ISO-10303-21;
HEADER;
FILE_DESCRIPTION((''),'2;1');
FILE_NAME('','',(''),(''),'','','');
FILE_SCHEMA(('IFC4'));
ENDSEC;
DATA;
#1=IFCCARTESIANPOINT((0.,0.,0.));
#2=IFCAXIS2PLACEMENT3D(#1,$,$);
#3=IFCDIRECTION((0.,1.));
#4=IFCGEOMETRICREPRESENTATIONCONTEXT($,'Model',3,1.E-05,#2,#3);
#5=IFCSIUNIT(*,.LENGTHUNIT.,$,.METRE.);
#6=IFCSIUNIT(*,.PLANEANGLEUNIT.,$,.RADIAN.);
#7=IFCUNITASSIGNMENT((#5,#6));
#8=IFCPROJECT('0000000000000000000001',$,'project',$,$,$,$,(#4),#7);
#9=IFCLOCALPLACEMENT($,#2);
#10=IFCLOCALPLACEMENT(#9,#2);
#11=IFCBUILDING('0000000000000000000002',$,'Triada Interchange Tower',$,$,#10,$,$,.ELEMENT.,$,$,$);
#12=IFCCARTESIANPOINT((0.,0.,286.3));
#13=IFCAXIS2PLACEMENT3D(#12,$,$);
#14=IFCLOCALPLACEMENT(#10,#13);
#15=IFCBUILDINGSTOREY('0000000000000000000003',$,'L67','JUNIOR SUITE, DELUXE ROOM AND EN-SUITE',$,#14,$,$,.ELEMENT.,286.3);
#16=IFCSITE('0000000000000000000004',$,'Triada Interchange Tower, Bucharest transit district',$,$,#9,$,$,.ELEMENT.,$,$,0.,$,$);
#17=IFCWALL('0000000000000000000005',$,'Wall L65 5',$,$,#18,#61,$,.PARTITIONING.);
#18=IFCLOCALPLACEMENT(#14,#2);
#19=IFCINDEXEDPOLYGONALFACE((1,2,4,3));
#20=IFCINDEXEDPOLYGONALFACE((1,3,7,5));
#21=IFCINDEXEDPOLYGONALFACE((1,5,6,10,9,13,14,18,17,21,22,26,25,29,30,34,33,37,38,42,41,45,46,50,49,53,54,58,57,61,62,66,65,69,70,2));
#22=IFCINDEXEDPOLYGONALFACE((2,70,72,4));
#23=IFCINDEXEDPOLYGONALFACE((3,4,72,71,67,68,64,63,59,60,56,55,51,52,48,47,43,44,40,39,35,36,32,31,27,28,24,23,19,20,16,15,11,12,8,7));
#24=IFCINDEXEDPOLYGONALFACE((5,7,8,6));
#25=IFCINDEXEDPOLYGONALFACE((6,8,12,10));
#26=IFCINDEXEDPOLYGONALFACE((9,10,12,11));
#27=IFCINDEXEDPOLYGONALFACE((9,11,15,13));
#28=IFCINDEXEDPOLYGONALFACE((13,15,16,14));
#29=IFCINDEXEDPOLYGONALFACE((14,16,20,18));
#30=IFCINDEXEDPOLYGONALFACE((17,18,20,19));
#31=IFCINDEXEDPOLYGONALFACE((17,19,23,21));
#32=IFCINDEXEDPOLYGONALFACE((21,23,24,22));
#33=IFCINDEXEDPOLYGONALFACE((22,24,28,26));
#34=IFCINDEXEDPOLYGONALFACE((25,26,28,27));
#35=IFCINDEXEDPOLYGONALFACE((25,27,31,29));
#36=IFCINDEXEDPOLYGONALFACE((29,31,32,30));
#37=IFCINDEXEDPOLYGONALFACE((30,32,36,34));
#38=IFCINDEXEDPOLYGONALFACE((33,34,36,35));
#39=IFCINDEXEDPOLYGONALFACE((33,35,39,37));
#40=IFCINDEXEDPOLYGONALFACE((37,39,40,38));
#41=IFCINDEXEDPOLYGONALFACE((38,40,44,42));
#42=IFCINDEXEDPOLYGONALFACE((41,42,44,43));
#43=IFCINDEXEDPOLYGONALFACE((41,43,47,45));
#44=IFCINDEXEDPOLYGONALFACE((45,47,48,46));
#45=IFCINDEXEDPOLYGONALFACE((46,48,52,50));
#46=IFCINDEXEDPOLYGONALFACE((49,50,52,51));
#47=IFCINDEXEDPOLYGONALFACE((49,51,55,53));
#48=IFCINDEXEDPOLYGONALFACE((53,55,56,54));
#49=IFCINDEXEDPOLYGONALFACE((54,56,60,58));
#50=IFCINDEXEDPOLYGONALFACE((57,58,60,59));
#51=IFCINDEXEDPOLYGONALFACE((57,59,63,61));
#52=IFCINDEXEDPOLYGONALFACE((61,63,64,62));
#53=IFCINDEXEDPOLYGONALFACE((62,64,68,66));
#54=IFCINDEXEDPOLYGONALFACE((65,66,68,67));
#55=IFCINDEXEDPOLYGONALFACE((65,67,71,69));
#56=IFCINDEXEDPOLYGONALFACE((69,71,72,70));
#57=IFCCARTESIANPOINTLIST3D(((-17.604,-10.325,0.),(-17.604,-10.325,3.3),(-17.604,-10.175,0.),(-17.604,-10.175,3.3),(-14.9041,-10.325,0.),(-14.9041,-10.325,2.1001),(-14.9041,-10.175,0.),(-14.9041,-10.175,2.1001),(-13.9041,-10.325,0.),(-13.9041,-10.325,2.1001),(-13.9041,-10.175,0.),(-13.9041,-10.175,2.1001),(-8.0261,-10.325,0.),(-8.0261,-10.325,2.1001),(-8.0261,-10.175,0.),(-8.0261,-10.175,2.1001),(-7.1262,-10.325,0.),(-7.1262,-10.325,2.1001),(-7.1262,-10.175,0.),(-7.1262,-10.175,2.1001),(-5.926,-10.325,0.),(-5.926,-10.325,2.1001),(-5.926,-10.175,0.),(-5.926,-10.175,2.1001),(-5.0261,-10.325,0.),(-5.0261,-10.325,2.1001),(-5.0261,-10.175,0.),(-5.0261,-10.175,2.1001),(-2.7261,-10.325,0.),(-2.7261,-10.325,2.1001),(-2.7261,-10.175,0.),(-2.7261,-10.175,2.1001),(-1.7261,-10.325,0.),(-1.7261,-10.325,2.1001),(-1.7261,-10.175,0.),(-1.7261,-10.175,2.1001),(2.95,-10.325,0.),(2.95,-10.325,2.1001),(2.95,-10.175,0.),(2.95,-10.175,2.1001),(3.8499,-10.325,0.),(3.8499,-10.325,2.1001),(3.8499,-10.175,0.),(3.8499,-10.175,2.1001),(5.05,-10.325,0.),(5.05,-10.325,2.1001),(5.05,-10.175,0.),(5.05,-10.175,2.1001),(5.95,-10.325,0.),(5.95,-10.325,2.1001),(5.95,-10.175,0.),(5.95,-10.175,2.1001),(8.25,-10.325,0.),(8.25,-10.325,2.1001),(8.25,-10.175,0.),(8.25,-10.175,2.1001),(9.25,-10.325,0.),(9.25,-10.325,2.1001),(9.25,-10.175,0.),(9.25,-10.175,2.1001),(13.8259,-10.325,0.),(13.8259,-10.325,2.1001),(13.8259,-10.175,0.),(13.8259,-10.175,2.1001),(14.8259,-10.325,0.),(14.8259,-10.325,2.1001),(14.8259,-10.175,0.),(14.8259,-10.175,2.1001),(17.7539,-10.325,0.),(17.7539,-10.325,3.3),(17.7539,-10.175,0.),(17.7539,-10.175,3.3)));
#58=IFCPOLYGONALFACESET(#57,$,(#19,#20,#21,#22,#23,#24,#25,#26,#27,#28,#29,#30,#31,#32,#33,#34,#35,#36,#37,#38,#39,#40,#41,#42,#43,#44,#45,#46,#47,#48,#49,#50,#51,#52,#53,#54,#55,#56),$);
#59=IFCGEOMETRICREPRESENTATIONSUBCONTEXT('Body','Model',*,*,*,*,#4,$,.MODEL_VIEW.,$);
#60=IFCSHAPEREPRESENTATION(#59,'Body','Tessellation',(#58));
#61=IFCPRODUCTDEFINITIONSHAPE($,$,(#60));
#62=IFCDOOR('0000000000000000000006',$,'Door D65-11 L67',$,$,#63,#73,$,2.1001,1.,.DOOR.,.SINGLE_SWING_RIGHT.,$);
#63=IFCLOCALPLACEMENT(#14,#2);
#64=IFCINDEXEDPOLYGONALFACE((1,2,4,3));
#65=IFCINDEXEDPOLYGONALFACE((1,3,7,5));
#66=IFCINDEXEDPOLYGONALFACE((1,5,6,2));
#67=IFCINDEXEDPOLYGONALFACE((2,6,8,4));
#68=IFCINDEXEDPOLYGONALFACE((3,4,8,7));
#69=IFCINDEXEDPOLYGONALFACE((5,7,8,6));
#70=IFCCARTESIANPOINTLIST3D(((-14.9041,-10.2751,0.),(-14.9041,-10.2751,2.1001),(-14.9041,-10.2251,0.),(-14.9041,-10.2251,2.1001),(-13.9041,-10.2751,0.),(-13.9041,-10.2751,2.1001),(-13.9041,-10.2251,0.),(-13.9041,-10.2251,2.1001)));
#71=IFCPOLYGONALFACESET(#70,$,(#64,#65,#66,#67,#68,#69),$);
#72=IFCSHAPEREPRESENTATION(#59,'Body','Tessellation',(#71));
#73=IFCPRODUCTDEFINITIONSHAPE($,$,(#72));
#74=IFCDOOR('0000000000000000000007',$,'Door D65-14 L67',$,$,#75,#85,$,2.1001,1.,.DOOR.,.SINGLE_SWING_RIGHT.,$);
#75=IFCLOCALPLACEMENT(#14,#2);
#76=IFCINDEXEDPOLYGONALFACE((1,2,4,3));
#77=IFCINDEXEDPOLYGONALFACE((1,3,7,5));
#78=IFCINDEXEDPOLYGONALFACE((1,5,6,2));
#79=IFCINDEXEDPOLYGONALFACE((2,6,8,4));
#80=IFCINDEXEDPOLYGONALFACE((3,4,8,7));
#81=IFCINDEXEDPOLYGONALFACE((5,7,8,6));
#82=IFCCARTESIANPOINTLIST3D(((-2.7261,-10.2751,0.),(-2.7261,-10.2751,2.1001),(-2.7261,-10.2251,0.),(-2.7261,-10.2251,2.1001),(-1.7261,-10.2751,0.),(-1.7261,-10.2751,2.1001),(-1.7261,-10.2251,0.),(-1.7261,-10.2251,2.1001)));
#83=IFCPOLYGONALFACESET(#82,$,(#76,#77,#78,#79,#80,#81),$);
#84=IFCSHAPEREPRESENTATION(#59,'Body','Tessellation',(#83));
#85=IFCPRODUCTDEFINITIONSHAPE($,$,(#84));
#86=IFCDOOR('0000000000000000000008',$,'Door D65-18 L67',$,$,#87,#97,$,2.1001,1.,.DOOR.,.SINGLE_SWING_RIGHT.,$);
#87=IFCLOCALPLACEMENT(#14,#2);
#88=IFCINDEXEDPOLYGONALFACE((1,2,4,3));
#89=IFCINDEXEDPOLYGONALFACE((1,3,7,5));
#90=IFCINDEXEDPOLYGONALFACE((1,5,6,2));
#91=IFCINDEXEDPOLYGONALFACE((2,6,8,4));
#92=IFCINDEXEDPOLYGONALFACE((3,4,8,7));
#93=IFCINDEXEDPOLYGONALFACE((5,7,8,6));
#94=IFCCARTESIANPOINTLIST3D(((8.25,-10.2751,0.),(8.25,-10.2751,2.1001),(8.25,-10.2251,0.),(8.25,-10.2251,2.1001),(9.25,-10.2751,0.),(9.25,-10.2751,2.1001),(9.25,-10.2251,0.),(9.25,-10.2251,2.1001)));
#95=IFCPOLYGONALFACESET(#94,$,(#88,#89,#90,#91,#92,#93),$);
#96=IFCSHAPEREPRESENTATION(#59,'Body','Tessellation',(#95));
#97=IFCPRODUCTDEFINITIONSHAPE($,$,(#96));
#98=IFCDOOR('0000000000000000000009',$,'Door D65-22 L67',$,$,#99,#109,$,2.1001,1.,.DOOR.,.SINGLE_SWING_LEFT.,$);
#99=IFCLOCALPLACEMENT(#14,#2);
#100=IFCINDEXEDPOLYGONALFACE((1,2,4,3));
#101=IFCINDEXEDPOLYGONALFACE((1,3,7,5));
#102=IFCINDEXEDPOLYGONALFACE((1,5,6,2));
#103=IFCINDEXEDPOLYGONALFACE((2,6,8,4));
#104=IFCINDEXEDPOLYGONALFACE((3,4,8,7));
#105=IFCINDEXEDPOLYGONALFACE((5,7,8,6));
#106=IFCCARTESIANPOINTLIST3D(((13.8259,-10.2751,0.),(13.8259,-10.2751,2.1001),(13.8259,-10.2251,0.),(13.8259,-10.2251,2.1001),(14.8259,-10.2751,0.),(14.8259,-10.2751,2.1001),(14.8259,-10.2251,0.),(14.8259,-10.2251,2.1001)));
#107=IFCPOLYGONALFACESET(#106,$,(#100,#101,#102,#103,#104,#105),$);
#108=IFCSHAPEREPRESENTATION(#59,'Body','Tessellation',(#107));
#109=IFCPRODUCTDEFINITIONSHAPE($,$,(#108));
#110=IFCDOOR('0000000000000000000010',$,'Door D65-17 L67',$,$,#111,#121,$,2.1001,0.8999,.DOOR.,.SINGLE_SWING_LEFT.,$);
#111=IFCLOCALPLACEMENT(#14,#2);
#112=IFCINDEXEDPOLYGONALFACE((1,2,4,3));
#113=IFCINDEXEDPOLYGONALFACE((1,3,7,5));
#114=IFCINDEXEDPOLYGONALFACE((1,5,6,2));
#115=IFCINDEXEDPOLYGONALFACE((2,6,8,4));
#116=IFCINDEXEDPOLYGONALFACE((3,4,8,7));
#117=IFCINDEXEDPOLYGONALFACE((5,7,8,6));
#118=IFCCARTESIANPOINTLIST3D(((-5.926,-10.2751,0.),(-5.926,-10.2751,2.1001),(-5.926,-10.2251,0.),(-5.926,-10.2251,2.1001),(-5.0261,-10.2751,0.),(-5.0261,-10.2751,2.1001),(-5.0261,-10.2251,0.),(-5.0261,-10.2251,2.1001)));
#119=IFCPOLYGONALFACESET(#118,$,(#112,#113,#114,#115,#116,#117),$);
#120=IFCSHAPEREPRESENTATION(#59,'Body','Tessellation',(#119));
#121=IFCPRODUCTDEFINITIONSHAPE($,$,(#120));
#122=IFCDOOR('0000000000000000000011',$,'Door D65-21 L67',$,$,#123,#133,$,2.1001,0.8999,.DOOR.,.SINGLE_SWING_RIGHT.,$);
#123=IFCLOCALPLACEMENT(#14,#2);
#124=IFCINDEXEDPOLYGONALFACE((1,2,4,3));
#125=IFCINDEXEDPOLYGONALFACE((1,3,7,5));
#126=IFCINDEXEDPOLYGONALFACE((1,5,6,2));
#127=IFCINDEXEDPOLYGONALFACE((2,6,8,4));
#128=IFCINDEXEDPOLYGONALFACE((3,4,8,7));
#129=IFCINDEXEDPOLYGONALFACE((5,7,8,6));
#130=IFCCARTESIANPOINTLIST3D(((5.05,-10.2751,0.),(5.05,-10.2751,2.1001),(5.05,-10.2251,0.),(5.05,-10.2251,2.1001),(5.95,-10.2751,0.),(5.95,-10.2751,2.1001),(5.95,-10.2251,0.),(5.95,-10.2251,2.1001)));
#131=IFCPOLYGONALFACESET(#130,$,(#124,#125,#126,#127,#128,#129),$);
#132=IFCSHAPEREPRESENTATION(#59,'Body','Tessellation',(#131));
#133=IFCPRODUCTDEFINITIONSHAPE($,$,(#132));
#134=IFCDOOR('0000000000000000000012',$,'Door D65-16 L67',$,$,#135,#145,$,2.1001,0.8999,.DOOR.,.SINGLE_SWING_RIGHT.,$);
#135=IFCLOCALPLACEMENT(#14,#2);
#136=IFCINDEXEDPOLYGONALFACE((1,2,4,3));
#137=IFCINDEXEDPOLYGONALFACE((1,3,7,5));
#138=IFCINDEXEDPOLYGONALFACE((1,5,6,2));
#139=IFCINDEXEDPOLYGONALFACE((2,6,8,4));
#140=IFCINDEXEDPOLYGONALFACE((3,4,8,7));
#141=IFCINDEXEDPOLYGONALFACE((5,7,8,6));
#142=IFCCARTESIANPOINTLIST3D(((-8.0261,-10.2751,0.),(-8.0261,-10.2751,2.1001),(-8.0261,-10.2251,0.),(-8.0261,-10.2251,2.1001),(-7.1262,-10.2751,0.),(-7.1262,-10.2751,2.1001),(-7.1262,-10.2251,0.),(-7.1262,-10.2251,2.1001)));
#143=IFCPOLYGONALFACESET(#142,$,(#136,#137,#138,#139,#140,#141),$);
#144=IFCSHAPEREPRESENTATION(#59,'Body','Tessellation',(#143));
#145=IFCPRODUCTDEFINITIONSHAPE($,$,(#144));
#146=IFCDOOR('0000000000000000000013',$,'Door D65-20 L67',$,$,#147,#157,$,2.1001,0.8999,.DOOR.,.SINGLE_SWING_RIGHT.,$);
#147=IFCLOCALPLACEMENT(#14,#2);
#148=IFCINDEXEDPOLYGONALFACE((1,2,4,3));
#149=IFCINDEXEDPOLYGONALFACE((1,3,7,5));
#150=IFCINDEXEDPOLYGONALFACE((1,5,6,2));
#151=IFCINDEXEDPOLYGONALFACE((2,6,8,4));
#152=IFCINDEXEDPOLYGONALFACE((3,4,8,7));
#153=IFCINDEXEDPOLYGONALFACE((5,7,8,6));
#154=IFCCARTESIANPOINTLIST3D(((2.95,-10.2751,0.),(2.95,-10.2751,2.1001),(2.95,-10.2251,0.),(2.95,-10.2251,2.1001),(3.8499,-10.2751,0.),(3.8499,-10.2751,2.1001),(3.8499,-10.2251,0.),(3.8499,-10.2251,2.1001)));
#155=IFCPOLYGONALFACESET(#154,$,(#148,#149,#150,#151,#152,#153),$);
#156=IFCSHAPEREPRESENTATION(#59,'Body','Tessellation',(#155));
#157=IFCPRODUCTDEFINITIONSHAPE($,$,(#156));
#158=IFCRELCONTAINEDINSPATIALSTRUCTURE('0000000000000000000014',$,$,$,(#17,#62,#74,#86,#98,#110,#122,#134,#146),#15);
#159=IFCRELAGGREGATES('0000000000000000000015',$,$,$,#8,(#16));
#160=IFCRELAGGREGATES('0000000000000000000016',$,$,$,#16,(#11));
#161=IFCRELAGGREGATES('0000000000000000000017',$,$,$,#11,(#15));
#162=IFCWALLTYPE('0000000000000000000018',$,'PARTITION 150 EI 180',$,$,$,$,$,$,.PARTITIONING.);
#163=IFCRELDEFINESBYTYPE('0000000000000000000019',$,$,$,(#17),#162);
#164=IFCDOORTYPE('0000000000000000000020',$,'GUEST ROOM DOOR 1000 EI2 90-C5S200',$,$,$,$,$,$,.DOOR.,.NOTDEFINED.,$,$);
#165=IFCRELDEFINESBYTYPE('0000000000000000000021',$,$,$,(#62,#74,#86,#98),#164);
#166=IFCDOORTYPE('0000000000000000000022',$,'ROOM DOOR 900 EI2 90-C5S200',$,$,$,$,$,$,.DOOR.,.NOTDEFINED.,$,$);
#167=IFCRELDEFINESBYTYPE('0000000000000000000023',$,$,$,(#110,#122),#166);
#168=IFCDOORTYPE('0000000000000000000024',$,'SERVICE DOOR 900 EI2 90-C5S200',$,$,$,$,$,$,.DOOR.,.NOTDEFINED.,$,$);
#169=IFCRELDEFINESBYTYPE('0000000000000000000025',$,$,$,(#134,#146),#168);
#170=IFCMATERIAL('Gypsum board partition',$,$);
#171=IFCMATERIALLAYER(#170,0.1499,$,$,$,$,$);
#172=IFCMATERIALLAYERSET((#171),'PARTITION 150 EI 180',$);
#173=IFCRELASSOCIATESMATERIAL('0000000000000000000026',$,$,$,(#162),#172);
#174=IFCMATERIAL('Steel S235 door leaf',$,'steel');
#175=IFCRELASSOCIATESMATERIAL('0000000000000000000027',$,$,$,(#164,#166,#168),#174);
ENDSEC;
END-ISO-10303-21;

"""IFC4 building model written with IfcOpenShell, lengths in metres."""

from ifc_helpers import new_model, si_unit, direction, frame, frame_2d, origin, place, context, subcontext, project, spatial, rectangle, extrude, material, layer, layer_set, type_object, element, fill, save


model = new_model("IFC4")

# Units and contexts
model_context = context("Model", 3, precision=1e-05, world=origin(), true_north=direction((0.0, 1.0)))
body_context = subcontext(model_context, "Body", "Model", "MODEL_VIEW")
ifc_project = project(units=[si_unit("LENGTHUNIT", "METRE"), si_unit("PLANEANGLEUNIT", "RADIAN")], contexts=[model_context])

# Site, building, storey
site_placement = place(None, origin())
site = spatial("IfcSite", under=ifc_project, at=site_placement, Name="Triada Interchange Tower, Bucharest transit district", CompositionType="ELEMENT", RefElevation=0.0)
building_placement = place(site_placement, origin())
building = spatial("IfcBuilding", under=site, at=building_placement, Name="Triada Interchange Tower", CompositionType="ELEMENT")
storey_placement = place(building_placement, frame((0.0, 0.0, 286.3)))
storey = spatial("IfcBuildingStorey", under=building, at=storey_placement, Name="L67", Description="JUNIOR SUITE, DELUXE ROOM AND EN-SUITE", CompositionType="ELEMENT", Elevation=286.3)

# Wall, openings, doors
ifc_material_1 = material(Name="Gypsum board partition")
ifc_layer = layer(ifc_material_1, 0.1499)
ifc_layer_set = layer_set([ifc_layer], Name="PARTITION 150 EI 180")
wall_type = type_object("IfcWallType", Name="PARTITION 150 EI 180", PredefinedType="PARTITIONING", material=ifc_layer_set)
ifc_material_2 = material(Name="Steel S235 door leaf", Category="steel")
door_type_1 = type_object("IfcDoorType", Name="GUEST ROOM DOOR 1000 EI2 90-C5S200", OperationType="NOTDEFINED", PredefinedType="DOOR", material=ifc_material_2)
wall_1_placement = place(storey_placement, frame((-17.604, -10.25, 0.0), z_axis=(0.0, 0.0, 1.0), x_axis=(1.0, 0.0, 0.0)))
wall_1 = element("IfcWall", 1, at=wall_1_placement, inside=storey, type_object=wall_type, Name="Wall L65 5", PredefinedType="PARTITIONING", context=body_context, shape_type="SweptSolid", body=[
    extrude(rectangle(XDim=35.3579, YDim=0.1499, at=frame_2d((17.679, 0.0))), origin(), (0.0, 0.0, 1.0), 3.3),
])
opening_1_placement = place(wall_1_placement, frame((2.7, 0.0, 0.0)))
opening_1 = element("IfcOpeningElement", 2, at=opening_1_placement, cuts=wall_1, PredefinedType="OPENING", context=body_context, shape_type="SweptSolid", body=[
    extrude(rectangle(XDim=1.0, YDim=2.1001, at=frame_2d((0.5, 1.05))), frame((0.0, 0.085, 0.0), z_axis=(0.0, -1.0, 0.0), x_axis=(1.0, 0.0, 0.0)), (0.0, 0.0, 1.0), 0.1699),
])
opening_2_placement = place(wall_1_placement, frame((14.8779, 0.0, 0.0)))
opening_2 = element("IfcOpeningElement", 3, at=opening_2_placement, cuts=wall_1, PredefinedType="OPENING", context=body_context, shape_type="SweptSolid", body=[
    extrude(rectangle(XDim=1.0, YDim=2.1001, at=frame_2d((0.5, 1.05))), frame((0.0, 0.085, 0.0), z_axis=(0.0, -1.0, 0.0), x_axis=(1.0, 0.0, 0.0)), (0.0, 0.0, 1.0), 0.1699),
])
opening_3_placement = place(wall_1_placement, frame((9.5779, 0.0, 0.0)))
opening_3 = element("IfcOpeningElement", 4, at=opening_3_placement, cuts=wall_1, PredefinedType="OPENING", context=body_context, shape_type="SweptSolid", body=[
    extrude(rectangle(XDim=0.8999, YDim=2.1001, at=frame_2d((0.45, 1.05))), frame((0.0, 0.085, 0.0), z_axis=(0.0, -1.0, 0.0), x_axis=(1.0, 0.0, 0.0)), (0.0, 0.0, 1.0), 0.1699),
])
opening_4_placement = place(wall_1_placement, frame((11.678, 0.0, 0.0)))
opening_4 = element("IfcOpeningElement", 5, at=opening_4_placement, cuts=wall_1, PredefinedType="OPENING", context=body_context, shape_type="SweptSolid", body=[
    extrude(rectangle(XDim=0.8999, YDim=2.1001, at=frame_2d((0.45, 1.05))), frame((0.0, 0.085, 0.0), z_axis=(0.0, -1.0, 0.0), x_axis=(1.0, 0.0, 0.0)), (0.0, 0.0, 1.0), 0.1699),
])
opening_5_placement = place(wall_1_placement, frame((25.854, 0.0, 0.0)))
opening_5 = element("IfcOpeningElement", 6, at=opening_5_placement, cuts=wall_1, PredefinedType="OPENING", context=body_context, shape_type="SweptSolid", body=[
    extrude(rectangle(XDim=1.0, YDim=2.1001, at=frame_2d((0.5, 1.05))), frame((0.0, 0.085, 0.0), z_axis=(0.0, -1.0, 0.0), x_axis=(1.0, 0.0, 0.0)), (0.0, 0.0, 1.0), 0.1699),
])
opening_6_placement = place(wall_1_placement, frame((20.554, 0.0, 0.0)))
opening_6 = element("IfcOpeningElement", 7, at=opening_6_placement, cuts=wall_1, PredefinedType="OPENING", context=body_context, shape_type="SweptSolid", body=[
    extrude(rectangle(XDim=0.8999, YDim=2.1001, at=frame_2d((0.45, 1.05))), frame((0.0, 0.085, 0.0), z_axis=(0.0, -1.0, 0.0), x_axis=(1.0, 0.0, 0.0)), (0.0, 0.0, 1.0), 0.1699),
])
opening_7_placement = place(wall_1_placement, frame((22.6541, 0.0, 0.0)))
opening_7 = element("IfcOpeningElement", 8, at=opening_7_placement, cuts=wall_1, PredefinedType="OPENING", context=body_context, shape_type="SweptSolid", body=[
    extrude(rectangle(XDim=0.8999, YDim=2.1001, at=frame_2d((0.45, 1.05))), frame((0.0, 0.085, 0.0), z_axis=(0.0, -1.0, 0.0), x_axis=(1.0, 0.0, 0.0)), (0.0, 0.0, 1.0), 0.1699),
])
opening_8_placement = place(wall_1_placement, frame((31.4299, 0.0, 0.0)))
opening_8 = element("IfcOpeningElement", 9, at=opening_8_placement, cuts=wall_1, PredefinedType="OPENING", context=body_context, shape_type="SweptSolid", body=[
    extrude(rectangle(XDim=1.0, YDim=2.1001, at=frame_2d((0.5, 1.05))), frame((0.0, 0.085, 0.0), z_axis=(0.0, -1.0, 0.0), x_axis=(1.0, 0.0, 0.0)), (0.0, 0.0, 1.0), 0.1699),
])
door_1_placement = place(opening_1_placement, origin())
door_1 = element("IfcDoor", 10, at=door_1_placement, inside=storey, type_object=door_type_1, Name="Door D65-11 L67", OperationType="SINGLE_SWING_RIGHT", OverallHeight=2.1001, OverallWidth=1.0, PredefinedType="DOOR", context=body_context, shape_type="SweptSolid", body=[
    extrude(rectangle(XDim=1.0, YDim=2.1001, at=frame_2d((0.5, 1.05))), frame((0.0, 0.0249, 0.0), z_axis=(0.0, -1.0, 0.0), x_axis=(1.0, 0.0, 0.0)), (0.0, 0.0, 1.0), 0.05),
])
fill(opening_1, door_1)
door_2_placement = place(opening_2_placement, origin())
door_2 = element("IfcDoor", 11, at=door_2_placement, inside=storey, type_object=door_type_1, Name="Door D65-14 L67", OperationType="SINGLE_SWING_RIGHT", OverallHeight=2.1001, OverallWidth=1.0, PredefinedType="DOOR", context=body_context, shape_type="SweptSolid", body=[
    extrude(rectangle(XDim=1.0, YDim=2.1001, at=frame_2d((0.5, 1.05))), frame((0.0, 0.0249, 0.0), z_axis=(0.0, -1.0, 0.0), x_axis=(1.0, 0.0, 0.0)), (0.0, 0.0, 1.0), 0.05),
])
fill(opening_2, door_2)
door_3_placement = place(opening_5_placement, origin())
door_3 = element("IfcDoor", 12, at=door_3_placement, inside=storey, type_object=door_type_1, Name="Door D65-18 L67", OperationType="SINGLE_SWING_RIGHT", OverallHeight=2.1001, OverallWidth=1.0, PredefinedType="DOOR", context=body_context, shape_type="SweptSolid", body=[
    extrude(rectangle(XDim=1.0, YDim=2.1001, at=frame_2d((0.5, 1.05))), frame((0.0, 0.0249, 0.0), z_axis=(0.0, -1.0, 0.0), x_axis=(1.0, 0.0, 0.0)), (0.0, 0.0, 1.0), 0.05),
])
fill(opening_5, door_3)
door_4_placement = place(opening_8_placement, origin())
door_4 = element("IfcDoor", 13, at=door_4_placement, inside=storey, type_object=door_type_1, Name="Door D65-22 L67", OperationType="SINGLE_SWING_LEFT", OverallHeight=2.1001, OverallWidth=1.0, PredefinedType="DOOR", context=body_context, shape_type="SweptSolid", body=[
    extrude(rectangle(XDim=1.0, YDim=2.1001, at=frame_2d((0.5, 1.05))), frame((0.0, 0.0249, 0.0), z_axis=(0.0, -1.0, 0.0), x_axis=(1.0, 0.0, 0.0)), (0.0, 0.0, 1.0), 0.05),
])
fill(opening_8, door_4)
door_type_2 = type_object("IfcDoorType", Name="ROOM DOOR 900 EI2 90-C5S200", OperationType="NOTDEFINED", PredefinedType="DOOR", material=ifc_material_2)
door_5_placement = place(opening_4_placement, origin())
door_5 = element("IfcDoor", 14, at=door_5_placement, inside=storey, type_object=door_type_2, Name="Door D65-17 L67", OperationType="SINGLE_SWING_LEFT", OverallHeight=2.1001, OverallWidth=0.8999, PredefinedType="DOOR", context=body_context, shape_type="SweptSolid", body=[
    extrude(rectangle(XDim=0.8999, YDim=2.1001, at=frame_2d((0.45, 1.05))), frame((0.0, 0.0249, 0.0), z_axis=(0.0, -1.0, 0.0), x_axis=(1.0, 0.0, 0.0)), (0.0, 0.0, 1.0), 0.05),
])
fill(opening_4, door_5)
door_6_placement = place(opening_7_placement, origin())
door_6 = element("IfcDoor", 15, at=door_6_placement, inside=storey, type_object=door_type_2, Name="Door D65-21 L67", OperationType="SINGLE_SWING_RIGHT", OverallHeight=2.1001, OverallWidth=0.8999, PredefinedType="DOOR", context=body_context, shape_type="SweptSolid", body=[
    extrude(rectangle(XDim=0.8999, YDim=2.1001, at=frame_2d((0.45, 1.05))), frame((0.0, 0.0249, 0.0), z_axis=(0.0, -1.0, 0.0), x_axis=(1.0, 0.0, 0.0)), (0.0, 0.0, 1.0), 0.05),
])
fill(opening_7, door_6)
door_type_3 = type_object("IfcDoorType", Name="SERVICE DOOR 900 EI2 90-C5S200", OperationType="NOTDEFINED", PredefinedType="DOOR", material=ifc_material_2)
door_7_placement = place(opening_3_placement, origin())
door_7 = element("IfcDoor", 16, at=door_7_placement, inside=storey, type_object=door_type_3, Name="Door D65-16 L67", OperationType="SINGLE_SWING_RIGHT", OverallHeight=2.1001, OverallWidth=0.8999, PredefinedType="DOOR", context=body_context, shape_type="SweptSolid", body=[
    extrude(rectangle(XDim=0.8999, YDim=2.1001, at=frame_2d((0.45, 1.05))), frame((0.0, 0.0249, 0.0), z_axis=(0.0, -1.0, 0.0), x_axis=(1.0, 0.0, 0.0)), (0.0, 0.0, 1.0), 0.05),
])
fill(opening_3, door_7)
door_8_placement = place(opening_6_placement, origin())
door_8 = element("IfcDoor", 17, at=door_8_placement, inside=storey, type_object=door_type_3, Name="Door D65-20 L67", OperationType="SINGLE_SWING_RIGHT", OverallHeight=2.1001, OverallWidth=0.8999, PredefinedType="DOOR", context=body_context, shape_type="SweptSolid", body=[
    extrude(rectangle(XDim=0.8999, YDim=2.1001, at=frame_2d((0.45, 1.05))), frame((0.0, 0.0249, 0.0), z_axis=(0.0, -1.0, 0.0), x_axis=(1.0, 0.0, 0.0)), (0.0, 0.0, 1.0), 0.05),
])
fill(opening_6, door_8)

save(model, "model.ifc")
